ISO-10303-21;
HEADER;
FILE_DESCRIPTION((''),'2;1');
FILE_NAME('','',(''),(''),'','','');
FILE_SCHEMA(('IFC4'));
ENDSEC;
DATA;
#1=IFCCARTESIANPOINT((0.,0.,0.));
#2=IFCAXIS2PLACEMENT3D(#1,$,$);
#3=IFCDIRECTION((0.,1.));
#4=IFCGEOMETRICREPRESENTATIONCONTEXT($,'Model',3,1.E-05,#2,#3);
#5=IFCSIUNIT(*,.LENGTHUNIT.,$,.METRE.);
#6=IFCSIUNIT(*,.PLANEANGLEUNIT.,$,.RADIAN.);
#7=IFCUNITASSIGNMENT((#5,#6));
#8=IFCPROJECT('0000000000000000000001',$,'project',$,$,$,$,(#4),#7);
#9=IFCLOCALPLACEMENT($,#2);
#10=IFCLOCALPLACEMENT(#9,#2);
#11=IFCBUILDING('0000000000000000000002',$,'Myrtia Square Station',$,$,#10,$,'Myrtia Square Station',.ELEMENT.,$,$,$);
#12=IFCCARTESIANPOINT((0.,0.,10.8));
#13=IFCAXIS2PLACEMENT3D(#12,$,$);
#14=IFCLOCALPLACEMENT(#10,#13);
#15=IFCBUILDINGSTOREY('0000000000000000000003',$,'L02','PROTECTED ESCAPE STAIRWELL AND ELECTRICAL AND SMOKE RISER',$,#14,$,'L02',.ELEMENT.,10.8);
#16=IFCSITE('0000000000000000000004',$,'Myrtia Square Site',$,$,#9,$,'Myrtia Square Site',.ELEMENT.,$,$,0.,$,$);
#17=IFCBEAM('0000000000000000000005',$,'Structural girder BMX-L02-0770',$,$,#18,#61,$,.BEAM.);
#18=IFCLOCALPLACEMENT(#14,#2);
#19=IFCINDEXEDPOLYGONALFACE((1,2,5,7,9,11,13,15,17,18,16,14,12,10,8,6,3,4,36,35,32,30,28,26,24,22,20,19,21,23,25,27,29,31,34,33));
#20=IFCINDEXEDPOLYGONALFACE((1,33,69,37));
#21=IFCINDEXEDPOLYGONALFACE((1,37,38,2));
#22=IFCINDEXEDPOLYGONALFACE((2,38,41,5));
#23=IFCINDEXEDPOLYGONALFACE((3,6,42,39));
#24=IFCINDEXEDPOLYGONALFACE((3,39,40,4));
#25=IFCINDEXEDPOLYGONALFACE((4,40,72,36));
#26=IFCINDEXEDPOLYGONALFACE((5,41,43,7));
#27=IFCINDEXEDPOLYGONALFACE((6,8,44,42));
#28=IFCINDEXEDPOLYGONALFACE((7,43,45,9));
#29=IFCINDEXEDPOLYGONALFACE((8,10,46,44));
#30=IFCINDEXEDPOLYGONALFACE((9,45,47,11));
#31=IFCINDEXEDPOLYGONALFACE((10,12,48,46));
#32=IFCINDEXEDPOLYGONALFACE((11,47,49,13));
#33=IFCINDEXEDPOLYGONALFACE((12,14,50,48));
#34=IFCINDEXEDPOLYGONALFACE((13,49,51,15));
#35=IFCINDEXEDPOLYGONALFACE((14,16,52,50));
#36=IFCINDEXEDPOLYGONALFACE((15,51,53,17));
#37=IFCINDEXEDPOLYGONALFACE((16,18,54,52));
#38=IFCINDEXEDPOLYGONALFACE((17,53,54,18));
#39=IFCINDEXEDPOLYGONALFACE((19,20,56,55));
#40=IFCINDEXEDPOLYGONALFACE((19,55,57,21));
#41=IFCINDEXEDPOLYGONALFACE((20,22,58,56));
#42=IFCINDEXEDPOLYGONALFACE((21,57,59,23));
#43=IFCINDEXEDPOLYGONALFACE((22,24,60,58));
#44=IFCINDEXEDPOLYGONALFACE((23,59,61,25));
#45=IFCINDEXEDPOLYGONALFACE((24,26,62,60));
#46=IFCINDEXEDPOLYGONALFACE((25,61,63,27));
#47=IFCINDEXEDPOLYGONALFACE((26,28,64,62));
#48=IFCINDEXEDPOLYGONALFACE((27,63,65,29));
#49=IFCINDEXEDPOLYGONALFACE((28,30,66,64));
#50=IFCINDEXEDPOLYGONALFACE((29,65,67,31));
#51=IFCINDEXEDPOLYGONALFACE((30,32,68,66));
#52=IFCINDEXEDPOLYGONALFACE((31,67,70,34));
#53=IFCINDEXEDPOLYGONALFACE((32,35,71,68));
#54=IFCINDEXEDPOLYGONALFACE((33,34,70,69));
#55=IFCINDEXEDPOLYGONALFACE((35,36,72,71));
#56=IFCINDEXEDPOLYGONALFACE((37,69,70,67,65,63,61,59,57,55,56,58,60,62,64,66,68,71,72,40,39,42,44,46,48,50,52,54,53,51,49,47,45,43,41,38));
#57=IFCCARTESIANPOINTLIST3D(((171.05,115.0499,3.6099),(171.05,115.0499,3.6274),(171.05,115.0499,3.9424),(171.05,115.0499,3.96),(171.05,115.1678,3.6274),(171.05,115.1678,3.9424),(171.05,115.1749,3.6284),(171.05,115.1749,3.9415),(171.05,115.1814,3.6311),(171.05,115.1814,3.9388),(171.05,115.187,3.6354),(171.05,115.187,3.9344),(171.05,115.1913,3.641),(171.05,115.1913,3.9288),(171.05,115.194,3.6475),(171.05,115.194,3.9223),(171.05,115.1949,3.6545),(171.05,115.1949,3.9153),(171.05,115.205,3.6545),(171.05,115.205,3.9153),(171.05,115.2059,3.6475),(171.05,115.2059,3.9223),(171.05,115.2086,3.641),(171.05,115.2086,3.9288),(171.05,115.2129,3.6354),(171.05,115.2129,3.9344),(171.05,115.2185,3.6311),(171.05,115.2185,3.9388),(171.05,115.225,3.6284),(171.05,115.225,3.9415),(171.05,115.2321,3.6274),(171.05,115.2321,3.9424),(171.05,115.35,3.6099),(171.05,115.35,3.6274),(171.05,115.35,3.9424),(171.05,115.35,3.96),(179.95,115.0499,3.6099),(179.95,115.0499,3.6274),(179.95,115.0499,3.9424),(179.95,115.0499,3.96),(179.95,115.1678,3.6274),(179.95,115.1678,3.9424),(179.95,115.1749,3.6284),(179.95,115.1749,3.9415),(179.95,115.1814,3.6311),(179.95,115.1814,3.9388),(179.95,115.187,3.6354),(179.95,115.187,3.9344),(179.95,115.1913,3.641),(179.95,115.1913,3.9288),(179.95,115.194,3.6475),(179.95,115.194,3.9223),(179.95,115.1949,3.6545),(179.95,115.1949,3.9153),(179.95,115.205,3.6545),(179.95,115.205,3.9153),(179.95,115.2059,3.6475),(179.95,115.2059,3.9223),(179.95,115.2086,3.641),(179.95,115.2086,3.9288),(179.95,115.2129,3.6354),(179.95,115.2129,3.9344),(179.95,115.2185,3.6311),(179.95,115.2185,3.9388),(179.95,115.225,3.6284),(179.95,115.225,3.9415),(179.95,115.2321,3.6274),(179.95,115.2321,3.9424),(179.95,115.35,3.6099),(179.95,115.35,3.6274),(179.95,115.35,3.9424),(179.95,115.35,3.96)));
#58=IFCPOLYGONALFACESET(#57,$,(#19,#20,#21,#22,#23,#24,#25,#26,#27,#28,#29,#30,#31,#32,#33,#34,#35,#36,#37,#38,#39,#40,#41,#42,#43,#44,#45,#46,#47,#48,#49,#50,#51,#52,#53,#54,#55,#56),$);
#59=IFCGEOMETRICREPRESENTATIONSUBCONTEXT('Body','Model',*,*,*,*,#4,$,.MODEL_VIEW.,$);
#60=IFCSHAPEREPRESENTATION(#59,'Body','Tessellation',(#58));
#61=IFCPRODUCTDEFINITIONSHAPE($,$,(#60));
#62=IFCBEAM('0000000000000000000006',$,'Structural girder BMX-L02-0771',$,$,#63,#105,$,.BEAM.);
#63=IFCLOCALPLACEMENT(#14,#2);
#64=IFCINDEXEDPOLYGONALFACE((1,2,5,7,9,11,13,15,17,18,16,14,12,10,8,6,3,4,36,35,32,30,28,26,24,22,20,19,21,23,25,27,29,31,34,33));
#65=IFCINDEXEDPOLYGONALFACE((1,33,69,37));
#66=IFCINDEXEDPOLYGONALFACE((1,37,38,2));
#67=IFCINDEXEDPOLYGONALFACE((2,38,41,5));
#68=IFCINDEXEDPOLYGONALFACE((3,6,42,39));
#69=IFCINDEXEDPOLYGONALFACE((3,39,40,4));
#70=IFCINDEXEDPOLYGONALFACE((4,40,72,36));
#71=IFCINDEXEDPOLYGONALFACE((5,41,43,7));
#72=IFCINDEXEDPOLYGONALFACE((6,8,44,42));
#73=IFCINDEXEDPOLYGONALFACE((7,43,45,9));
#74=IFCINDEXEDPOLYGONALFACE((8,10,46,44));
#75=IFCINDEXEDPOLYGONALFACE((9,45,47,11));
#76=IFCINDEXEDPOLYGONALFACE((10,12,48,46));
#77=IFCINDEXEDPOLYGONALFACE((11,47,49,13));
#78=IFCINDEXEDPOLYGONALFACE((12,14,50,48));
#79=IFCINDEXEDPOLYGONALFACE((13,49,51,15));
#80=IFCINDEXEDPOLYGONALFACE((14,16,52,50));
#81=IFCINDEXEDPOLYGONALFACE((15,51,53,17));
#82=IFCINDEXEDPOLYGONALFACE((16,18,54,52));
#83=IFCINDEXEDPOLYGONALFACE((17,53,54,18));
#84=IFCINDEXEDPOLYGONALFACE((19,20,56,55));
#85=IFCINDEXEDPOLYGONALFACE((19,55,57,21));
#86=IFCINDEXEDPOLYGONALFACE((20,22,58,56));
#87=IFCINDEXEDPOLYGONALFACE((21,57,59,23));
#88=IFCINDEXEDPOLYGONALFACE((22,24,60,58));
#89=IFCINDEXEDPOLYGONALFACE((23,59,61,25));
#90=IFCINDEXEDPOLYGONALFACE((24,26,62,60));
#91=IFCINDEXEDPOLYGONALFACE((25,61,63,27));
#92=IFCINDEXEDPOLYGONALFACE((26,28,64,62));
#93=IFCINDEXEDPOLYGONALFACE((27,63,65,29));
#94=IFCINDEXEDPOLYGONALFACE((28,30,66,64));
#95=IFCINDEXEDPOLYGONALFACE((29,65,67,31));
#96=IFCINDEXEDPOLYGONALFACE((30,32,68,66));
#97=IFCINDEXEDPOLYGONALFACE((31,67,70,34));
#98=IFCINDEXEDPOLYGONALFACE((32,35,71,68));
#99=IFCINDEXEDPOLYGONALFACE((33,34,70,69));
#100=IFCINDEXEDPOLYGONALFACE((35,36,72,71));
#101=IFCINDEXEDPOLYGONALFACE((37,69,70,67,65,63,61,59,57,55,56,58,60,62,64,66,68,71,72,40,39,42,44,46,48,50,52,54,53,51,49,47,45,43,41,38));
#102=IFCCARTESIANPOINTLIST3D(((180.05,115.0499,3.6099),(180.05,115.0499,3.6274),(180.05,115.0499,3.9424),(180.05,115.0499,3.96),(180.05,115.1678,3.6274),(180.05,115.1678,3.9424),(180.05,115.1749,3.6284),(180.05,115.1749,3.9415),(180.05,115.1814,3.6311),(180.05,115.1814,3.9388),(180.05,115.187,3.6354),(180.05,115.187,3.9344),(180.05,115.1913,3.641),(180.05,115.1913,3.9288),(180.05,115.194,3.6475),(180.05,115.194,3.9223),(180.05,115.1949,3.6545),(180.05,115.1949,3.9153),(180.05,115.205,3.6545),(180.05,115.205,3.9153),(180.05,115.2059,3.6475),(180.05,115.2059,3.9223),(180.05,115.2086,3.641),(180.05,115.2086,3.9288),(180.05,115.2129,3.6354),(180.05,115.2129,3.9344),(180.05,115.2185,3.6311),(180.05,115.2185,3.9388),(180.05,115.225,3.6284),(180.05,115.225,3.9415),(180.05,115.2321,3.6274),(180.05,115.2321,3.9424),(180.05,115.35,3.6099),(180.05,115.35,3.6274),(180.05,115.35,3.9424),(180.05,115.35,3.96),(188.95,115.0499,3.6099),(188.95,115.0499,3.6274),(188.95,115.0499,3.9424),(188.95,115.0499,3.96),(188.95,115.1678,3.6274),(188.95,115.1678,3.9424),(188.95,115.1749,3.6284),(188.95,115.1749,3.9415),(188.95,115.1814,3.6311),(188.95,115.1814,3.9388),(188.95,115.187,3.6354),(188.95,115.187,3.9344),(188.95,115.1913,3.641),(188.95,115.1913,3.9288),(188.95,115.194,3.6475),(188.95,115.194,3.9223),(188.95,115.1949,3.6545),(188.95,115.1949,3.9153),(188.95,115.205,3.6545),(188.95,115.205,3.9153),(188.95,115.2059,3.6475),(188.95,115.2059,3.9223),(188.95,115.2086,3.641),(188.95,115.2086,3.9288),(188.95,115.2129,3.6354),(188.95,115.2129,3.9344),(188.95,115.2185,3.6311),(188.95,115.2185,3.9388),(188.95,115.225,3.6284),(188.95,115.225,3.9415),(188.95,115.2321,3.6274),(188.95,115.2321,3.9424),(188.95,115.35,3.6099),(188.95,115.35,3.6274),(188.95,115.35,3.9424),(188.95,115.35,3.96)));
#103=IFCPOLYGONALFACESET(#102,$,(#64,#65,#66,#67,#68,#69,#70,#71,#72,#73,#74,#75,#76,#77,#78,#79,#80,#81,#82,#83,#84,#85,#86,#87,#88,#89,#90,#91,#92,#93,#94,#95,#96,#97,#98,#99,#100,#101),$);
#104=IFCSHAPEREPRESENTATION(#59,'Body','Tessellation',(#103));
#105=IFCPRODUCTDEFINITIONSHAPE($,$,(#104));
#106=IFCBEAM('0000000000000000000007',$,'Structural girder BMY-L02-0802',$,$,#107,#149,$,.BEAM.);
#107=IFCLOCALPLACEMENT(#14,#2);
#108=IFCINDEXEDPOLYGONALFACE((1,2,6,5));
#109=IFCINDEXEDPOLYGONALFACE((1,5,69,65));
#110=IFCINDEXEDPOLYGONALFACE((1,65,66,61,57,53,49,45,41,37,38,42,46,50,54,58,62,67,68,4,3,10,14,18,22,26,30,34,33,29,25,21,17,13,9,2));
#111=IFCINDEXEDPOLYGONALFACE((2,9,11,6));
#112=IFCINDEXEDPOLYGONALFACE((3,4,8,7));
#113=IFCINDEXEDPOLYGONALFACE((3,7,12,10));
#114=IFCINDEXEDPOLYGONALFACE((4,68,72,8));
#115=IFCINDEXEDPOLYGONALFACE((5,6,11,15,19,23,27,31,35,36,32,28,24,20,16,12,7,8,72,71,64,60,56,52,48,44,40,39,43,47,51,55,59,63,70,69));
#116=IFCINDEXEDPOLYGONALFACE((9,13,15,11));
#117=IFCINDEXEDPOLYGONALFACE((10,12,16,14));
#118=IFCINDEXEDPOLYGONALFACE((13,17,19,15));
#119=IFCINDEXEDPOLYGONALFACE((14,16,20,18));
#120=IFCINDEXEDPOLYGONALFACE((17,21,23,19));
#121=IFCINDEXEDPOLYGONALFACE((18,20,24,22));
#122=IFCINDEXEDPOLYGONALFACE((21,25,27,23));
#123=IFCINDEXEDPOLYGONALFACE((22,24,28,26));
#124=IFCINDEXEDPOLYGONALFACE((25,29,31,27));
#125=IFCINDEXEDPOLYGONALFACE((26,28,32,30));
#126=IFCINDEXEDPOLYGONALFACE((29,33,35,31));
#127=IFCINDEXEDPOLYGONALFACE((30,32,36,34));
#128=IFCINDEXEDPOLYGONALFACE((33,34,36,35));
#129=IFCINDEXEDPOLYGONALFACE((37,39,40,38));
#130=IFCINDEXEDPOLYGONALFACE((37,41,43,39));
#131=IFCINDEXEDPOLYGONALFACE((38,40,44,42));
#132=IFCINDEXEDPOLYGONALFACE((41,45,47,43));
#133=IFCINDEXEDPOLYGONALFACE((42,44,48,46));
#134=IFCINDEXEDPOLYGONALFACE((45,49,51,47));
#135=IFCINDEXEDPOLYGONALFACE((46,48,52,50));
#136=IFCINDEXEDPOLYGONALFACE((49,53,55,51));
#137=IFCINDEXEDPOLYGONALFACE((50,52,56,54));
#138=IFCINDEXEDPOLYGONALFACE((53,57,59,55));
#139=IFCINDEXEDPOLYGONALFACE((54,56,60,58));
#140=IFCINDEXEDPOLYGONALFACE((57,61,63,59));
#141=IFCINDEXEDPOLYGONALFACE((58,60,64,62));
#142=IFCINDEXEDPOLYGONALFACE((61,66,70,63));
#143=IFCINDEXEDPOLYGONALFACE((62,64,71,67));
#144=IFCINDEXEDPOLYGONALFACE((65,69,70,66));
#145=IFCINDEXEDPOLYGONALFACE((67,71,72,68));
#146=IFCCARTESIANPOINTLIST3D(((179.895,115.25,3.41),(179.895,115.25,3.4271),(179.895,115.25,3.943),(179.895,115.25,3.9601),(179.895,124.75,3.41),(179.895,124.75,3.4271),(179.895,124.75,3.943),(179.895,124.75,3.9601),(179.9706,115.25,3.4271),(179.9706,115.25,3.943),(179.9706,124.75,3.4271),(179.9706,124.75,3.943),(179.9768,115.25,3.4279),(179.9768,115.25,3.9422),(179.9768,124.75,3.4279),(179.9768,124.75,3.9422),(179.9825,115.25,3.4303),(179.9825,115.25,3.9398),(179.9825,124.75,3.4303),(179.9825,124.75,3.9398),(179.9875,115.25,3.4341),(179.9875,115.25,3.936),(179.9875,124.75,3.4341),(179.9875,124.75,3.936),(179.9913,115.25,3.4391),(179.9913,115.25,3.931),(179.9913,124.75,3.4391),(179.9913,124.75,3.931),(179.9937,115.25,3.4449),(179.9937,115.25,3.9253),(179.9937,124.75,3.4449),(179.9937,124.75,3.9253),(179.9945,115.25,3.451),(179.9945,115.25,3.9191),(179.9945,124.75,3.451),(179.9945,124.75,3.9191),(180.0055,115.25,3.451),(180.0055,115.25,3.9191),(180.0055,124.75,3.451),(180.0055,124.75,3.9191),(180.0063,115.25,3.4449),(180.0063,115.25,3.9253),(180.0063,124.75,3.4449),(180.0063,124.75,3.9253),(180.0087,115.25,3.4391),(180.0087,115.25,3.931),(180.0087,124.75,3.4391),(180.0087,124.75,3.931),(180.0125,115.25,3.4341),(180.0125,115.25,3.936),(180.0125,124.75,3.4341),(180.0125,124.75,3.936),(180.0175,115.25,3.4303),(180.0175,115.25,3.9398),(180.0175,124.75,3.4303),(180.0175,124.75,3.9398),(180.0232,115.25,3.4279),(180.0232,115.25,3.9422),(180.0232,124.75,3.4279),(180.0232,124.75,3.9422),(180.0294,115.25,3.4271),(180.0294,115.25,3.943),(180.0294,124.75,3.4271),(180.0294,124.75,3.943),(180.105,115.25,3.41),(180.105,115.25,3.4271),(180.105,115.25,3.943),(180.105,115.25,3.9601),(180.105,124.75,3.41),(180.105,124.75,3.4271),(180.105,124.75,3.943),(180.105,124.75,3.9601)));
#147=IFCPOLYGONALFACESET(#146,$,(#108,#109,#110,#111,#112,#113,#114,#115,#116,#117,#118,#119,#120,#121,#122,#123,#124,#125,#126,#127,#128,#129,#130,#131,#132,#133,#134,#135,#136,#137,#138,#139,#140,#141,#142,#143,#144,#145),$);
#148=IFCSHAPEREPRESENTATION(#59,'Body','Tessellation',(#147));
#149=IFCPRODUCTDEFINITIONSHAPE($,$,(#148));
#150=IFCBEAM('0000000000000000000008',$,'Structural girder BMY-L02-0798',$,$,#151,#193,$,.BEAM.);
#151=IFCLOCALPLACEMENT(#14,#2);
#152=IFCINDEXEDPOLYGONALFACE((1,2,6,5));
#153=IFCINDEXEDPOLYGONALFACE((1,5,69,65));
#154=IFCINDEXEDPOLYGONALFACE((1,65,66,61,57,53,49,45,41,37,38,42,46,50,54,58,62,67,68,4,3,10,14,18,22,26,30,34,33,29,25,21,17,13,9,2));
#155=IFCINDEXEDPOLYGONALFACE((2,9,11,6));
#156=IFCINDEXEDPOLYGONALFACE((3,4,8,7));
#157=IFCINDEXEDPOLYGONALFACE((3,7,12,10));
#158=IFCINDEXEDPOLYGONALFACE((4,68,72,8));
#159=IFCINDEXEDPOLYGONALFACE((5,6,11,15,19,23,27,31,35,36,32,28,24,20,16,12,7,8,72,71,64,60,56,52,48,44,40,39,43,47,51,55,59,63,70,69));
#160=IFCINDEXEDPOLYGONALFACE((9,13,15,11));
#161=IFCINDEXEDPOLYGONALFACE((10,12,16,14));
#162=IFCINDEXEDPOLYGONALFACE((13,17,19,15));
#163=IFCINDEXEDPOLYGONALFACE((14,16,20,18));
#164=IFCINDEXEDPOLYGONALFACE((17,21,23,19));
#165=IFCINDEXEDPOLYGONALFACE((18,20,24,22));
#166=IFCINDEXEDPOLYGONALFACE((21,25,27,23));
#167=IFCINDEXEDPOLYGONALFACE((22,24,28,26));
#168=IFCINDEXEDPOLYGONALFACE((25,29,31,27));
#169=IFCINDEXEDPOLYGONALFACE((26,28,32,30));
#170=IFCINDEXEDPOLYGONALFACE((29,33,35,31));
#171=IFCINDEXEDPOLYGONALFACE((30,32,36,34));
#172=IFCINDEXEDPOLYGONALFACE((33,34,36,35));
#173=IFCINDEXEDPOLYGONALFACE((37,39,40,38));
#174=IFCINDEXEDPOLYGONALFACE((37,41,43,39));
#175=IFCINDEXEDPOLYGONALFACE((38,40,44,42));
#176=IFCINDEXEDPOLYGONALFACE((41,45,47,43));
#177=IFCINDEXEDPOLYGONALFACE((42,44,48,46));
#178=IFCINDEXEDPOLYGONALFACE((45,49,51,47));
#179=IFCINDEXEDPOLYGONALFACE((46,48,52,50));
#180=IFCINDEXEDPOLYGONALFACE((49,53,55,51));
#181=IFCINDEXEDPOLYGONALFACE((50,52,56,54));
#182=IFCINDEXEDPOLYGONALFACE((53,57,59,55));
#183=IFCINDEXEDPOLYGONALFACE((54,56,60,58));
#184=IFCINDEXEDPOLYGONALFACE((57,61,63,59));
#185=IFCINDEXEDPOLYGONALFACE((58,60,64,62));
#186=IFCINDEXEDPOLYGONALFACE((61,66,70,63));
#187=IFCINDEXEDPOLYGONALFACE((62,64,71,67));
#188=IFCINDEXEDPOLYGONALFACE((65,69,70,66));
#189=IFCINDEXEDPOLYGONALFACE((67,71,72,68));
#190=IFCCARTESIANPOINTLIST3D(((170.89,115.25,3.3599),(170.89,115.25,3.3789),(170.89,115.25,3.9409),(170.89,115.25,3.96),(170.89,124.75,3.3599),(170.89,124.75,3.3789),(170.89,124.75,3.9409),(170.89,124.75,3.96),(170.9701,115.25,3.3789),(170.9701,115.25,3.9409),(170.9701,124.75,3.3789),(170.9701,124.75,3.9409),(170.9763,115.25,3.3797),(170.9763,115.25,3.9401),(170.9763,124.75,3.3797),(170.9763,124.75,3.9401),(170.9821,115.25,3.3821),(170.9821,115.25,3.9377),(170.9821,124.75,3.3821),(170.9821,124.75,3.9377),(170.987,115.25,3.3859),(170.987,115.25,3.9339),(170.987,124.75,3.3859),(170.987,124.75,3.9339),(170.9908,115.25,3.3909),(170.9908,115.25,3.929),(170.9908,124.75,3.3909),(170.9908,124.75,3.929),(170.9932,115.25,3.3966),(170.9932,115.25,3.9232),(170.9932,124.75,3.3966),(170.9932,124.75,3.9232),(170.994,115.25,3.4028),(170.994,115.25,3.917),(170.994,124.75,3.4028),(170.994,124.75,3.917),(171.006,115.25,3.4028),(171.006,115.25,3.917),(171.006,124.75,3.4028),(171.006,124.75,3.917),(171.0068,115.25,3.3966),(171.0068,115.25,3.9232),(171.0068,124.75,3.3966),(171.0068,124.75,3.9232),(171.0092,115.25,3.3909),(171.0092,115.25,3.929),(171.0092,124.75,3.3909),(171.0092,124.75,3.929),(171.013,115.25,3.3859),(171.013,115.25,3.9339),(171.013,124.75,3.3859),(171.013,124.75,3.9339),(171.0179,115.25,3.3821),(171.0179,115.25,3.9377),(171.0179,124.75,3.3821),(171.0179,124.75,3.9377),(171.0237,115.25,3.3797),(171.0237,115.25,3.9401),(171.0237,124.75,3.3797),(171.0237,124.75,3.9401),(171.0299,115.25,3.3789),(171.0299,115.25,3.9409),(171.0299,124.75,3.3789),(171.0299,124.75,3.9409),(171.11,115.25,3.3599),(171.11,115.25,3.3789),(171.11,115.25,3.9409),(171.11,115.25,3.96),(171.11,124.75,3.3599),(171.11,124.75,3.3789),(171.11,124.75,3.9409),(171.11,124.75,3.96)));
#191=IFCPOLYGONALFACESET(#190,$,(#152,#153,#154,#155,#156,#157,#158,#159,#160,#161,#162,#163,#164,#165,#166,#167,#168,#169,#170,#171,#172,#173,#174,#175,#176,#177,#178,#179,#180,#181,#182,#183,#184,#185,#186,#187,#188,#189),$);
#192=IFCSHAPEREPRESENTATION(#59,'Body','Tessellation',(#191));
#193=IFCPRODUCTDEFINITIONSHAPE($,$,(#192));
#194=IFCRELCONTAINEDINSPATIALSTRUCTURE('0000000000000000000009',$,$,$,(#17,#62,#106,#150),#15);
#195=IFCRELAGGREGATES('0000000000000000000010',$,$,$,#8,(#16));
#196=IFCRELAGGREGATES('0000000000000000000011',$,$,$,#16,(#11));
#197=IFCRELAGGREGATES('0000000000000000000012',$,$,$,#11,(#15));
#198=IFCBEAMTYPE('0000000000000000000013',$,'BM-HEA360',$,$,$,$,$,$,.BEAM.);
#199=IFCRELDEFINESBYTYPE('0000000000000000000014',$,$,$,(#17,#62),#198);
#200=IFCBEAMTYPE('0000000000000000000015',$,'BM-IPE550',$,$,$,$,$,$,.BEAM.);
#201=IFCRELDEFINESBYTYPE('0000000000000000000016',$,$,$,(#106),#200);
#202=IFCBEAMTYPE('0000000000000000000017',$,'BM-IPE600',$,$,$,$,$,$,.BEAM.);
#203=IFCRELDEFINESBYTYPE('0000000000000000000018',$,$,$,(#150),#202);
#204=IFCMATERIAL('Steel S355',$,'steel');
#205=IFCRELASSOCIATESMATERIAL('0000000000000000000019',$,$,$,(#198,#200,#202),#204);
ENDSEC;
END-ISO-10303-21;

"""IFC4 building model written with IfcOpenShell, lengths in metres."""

from ifc_helpers import new_model, si_unit, direction, frame, origin, origin_2d, place, context, subcontext, project, spatial, i_section, extrude, material, material_profile, profile_set, type_object, element, save


model = new_model("IFC4")

# Units and contexts
model_context = context("Model", 3, precision=1e-05, world=origin(), true_north=direction((0.0, 1.0)))
body_context = subcontext(model_context, "Body", "Model", "MODEL_VIEW")
ifc_project = project(units=[si_unit("LENGTHUNIT", "METRE"), si_unit("PLANEANGLEUNIT", "RADIAN")], contexts=[model_context])

# Site, building, storey
site_placement = place(None, origin())
site = spatial("IfcSite", under=ifc_project, at=site_placement, Name="Myrtia Square Site", LongName="Myrtia Square Site", CompositionType="ELEMENT", RefElevation=0.0)
building_placement = place(site_placement, origin())
building = spatial("IfcBuilding", under=site, at=building_placement, Name="Myrtia Square Station", LongName="Myrtia Square Station", CompositionType="ELEMENT")
storey_placement = place(building_placement, frame((0.0, 0.0, 10.8)))
storey = spatial("IfcBuildingStorey", under=building, at=storey_placement, Name="L02", Description="PROTECTED ESCAPE STAIRWELL AND ELECTRICAL AND SMOKE RISER", LongName="L02", CompositionType="ELEMENT", Elevation=10.8)

# Shared definitions
ifc_material_1 = material(Name="Steel S355", Category="steel")

# Beams
ifc_material_profile_1 = material_profile(ifc_material_1, i_section(OverallWidth=0.3, OverallDepth=0.3501, WebThickness=0.01, FlangeThickness=0.0176, FilletRadius=0.0271, at=origin_2d()), Name="HEA 360")
ifc_profile_set_1 = profile_set([ifc_material_profile_1], Name="Steel S355")
beam_type_1 = type_object("IfcBeamType", Name="BM-HEA360", PredefinedType="BEAM", material=ifc_profile_set_1)
for number, where, z_axis, x_axis, name in (
    (1, (171.05, 115.2, 3.7849), (1.0, 0.0, 0.0), (0.0, 1.0, 0.0), "Structural girder BMX-L02-0770"),
    (2, (180.05, 115.2, 3.7849), (1.0, 0.0, 0.0), (0.0, 1.0, 0.0), "Structural girder BMX-L02-0771"),
):
    element("IfcBeam", number, at=place(storey_placement, frame(where, z_axis=z_axis, x_axis=x_axis)), inside=storey, type_object=beam_type_1, Name=name, PredefinedType="BEAM", context=body_context, shape_type="SweptSolid", body=[
        extrude(i_section(OverallWidth=0.3, OverallDepth=0.3501, WebThickness=0.01, FlangeThickness=0.0176, FilletRadius=0.0271, at=origin_2d()), origin(), (0.0, 0.0, 1.0), 8.8999),
    ])
ifc_material_profile_2 = material_profile(ifc_material_1, i_section(OverallWidth=0.21, OverallDepth=0.55, WebThickness=0.011, FlangeThickness=0.0171, FilletRadius=0.0239, at=origin_2d()), Name="IPE 550")
ifc_profile_set_2 = profile_set([ifc_material_profile_2], Name="Steel S355")
beam_type_2 = type_object("IfcBeamType", Name="BM-IPE550", PredefinedType="BEAM", material=ifc_profile_set_2)
beam_1_placement = place(storey_placement, frame((180.0, 115.25, 3.6851), z_axis=(0.0, 1.0, 0.0), x_axis=(-1.0, 0.0, 0.0)))
element("IfcBeam", 3, at=beam_1_placement, inside=storey, type_object=beam_type_2, Name="Structural girder BMY-L02-0802", PredefinedType="BEAM", context=body_context, shape_type="SweptSolid", body=[
    extrude(i_section(OverallWidth=0.21, OverallDepth=0.55, WebThickness=0.011, FlangeThickness=0.0171, FilletRadius=0.0239, at=origin_2d()), origin(), (0.0, 0.0, 1.0), 9.5),
])
ifc_material_profile_3 = material_profile(ifc_material_1, i_section(OverallWidth=0.22, OverallDepth=0.6001, WebThickness=0.012, FlangeThickness=0.019, FilletRadius=0.0239, at=origin_2d()), Name="IPE 600")
ifc_profile_set_3 = profile_set([ifc_material_profile_3], Name="Steel S355")
beam_type_3 = type_object("IfcBeamType", Name="BM-IPE600", PredefinedType="BEAM", material=ifc_profile_set_3)
beam_2_placement = place(storey_placement, frame((171.0, 115.25, 3.6599), z_axis=(0.0, 1.0, 0.0), x_axis=(-1.0, 0.0, 0.0)))
element("IfcBeam", 4, at=beam_2_placement, inside=storey, type_object=beam_type_3, Name="Structural girder BMY-L02-0798", PredefinedType="BEAM", context=body_context, shape_type="SweptSolid", body=[
    extrude(i_section(OverallWidth=0.22, OverallDepth=0.6001, WebThickness=0.012, FlangeThickness=0.019, FilletRadius=0.0239, at=origin_2d()), origin(), (0.0, 0.0, 1.0), 9.5),
])

save(model, "model.ifc")
